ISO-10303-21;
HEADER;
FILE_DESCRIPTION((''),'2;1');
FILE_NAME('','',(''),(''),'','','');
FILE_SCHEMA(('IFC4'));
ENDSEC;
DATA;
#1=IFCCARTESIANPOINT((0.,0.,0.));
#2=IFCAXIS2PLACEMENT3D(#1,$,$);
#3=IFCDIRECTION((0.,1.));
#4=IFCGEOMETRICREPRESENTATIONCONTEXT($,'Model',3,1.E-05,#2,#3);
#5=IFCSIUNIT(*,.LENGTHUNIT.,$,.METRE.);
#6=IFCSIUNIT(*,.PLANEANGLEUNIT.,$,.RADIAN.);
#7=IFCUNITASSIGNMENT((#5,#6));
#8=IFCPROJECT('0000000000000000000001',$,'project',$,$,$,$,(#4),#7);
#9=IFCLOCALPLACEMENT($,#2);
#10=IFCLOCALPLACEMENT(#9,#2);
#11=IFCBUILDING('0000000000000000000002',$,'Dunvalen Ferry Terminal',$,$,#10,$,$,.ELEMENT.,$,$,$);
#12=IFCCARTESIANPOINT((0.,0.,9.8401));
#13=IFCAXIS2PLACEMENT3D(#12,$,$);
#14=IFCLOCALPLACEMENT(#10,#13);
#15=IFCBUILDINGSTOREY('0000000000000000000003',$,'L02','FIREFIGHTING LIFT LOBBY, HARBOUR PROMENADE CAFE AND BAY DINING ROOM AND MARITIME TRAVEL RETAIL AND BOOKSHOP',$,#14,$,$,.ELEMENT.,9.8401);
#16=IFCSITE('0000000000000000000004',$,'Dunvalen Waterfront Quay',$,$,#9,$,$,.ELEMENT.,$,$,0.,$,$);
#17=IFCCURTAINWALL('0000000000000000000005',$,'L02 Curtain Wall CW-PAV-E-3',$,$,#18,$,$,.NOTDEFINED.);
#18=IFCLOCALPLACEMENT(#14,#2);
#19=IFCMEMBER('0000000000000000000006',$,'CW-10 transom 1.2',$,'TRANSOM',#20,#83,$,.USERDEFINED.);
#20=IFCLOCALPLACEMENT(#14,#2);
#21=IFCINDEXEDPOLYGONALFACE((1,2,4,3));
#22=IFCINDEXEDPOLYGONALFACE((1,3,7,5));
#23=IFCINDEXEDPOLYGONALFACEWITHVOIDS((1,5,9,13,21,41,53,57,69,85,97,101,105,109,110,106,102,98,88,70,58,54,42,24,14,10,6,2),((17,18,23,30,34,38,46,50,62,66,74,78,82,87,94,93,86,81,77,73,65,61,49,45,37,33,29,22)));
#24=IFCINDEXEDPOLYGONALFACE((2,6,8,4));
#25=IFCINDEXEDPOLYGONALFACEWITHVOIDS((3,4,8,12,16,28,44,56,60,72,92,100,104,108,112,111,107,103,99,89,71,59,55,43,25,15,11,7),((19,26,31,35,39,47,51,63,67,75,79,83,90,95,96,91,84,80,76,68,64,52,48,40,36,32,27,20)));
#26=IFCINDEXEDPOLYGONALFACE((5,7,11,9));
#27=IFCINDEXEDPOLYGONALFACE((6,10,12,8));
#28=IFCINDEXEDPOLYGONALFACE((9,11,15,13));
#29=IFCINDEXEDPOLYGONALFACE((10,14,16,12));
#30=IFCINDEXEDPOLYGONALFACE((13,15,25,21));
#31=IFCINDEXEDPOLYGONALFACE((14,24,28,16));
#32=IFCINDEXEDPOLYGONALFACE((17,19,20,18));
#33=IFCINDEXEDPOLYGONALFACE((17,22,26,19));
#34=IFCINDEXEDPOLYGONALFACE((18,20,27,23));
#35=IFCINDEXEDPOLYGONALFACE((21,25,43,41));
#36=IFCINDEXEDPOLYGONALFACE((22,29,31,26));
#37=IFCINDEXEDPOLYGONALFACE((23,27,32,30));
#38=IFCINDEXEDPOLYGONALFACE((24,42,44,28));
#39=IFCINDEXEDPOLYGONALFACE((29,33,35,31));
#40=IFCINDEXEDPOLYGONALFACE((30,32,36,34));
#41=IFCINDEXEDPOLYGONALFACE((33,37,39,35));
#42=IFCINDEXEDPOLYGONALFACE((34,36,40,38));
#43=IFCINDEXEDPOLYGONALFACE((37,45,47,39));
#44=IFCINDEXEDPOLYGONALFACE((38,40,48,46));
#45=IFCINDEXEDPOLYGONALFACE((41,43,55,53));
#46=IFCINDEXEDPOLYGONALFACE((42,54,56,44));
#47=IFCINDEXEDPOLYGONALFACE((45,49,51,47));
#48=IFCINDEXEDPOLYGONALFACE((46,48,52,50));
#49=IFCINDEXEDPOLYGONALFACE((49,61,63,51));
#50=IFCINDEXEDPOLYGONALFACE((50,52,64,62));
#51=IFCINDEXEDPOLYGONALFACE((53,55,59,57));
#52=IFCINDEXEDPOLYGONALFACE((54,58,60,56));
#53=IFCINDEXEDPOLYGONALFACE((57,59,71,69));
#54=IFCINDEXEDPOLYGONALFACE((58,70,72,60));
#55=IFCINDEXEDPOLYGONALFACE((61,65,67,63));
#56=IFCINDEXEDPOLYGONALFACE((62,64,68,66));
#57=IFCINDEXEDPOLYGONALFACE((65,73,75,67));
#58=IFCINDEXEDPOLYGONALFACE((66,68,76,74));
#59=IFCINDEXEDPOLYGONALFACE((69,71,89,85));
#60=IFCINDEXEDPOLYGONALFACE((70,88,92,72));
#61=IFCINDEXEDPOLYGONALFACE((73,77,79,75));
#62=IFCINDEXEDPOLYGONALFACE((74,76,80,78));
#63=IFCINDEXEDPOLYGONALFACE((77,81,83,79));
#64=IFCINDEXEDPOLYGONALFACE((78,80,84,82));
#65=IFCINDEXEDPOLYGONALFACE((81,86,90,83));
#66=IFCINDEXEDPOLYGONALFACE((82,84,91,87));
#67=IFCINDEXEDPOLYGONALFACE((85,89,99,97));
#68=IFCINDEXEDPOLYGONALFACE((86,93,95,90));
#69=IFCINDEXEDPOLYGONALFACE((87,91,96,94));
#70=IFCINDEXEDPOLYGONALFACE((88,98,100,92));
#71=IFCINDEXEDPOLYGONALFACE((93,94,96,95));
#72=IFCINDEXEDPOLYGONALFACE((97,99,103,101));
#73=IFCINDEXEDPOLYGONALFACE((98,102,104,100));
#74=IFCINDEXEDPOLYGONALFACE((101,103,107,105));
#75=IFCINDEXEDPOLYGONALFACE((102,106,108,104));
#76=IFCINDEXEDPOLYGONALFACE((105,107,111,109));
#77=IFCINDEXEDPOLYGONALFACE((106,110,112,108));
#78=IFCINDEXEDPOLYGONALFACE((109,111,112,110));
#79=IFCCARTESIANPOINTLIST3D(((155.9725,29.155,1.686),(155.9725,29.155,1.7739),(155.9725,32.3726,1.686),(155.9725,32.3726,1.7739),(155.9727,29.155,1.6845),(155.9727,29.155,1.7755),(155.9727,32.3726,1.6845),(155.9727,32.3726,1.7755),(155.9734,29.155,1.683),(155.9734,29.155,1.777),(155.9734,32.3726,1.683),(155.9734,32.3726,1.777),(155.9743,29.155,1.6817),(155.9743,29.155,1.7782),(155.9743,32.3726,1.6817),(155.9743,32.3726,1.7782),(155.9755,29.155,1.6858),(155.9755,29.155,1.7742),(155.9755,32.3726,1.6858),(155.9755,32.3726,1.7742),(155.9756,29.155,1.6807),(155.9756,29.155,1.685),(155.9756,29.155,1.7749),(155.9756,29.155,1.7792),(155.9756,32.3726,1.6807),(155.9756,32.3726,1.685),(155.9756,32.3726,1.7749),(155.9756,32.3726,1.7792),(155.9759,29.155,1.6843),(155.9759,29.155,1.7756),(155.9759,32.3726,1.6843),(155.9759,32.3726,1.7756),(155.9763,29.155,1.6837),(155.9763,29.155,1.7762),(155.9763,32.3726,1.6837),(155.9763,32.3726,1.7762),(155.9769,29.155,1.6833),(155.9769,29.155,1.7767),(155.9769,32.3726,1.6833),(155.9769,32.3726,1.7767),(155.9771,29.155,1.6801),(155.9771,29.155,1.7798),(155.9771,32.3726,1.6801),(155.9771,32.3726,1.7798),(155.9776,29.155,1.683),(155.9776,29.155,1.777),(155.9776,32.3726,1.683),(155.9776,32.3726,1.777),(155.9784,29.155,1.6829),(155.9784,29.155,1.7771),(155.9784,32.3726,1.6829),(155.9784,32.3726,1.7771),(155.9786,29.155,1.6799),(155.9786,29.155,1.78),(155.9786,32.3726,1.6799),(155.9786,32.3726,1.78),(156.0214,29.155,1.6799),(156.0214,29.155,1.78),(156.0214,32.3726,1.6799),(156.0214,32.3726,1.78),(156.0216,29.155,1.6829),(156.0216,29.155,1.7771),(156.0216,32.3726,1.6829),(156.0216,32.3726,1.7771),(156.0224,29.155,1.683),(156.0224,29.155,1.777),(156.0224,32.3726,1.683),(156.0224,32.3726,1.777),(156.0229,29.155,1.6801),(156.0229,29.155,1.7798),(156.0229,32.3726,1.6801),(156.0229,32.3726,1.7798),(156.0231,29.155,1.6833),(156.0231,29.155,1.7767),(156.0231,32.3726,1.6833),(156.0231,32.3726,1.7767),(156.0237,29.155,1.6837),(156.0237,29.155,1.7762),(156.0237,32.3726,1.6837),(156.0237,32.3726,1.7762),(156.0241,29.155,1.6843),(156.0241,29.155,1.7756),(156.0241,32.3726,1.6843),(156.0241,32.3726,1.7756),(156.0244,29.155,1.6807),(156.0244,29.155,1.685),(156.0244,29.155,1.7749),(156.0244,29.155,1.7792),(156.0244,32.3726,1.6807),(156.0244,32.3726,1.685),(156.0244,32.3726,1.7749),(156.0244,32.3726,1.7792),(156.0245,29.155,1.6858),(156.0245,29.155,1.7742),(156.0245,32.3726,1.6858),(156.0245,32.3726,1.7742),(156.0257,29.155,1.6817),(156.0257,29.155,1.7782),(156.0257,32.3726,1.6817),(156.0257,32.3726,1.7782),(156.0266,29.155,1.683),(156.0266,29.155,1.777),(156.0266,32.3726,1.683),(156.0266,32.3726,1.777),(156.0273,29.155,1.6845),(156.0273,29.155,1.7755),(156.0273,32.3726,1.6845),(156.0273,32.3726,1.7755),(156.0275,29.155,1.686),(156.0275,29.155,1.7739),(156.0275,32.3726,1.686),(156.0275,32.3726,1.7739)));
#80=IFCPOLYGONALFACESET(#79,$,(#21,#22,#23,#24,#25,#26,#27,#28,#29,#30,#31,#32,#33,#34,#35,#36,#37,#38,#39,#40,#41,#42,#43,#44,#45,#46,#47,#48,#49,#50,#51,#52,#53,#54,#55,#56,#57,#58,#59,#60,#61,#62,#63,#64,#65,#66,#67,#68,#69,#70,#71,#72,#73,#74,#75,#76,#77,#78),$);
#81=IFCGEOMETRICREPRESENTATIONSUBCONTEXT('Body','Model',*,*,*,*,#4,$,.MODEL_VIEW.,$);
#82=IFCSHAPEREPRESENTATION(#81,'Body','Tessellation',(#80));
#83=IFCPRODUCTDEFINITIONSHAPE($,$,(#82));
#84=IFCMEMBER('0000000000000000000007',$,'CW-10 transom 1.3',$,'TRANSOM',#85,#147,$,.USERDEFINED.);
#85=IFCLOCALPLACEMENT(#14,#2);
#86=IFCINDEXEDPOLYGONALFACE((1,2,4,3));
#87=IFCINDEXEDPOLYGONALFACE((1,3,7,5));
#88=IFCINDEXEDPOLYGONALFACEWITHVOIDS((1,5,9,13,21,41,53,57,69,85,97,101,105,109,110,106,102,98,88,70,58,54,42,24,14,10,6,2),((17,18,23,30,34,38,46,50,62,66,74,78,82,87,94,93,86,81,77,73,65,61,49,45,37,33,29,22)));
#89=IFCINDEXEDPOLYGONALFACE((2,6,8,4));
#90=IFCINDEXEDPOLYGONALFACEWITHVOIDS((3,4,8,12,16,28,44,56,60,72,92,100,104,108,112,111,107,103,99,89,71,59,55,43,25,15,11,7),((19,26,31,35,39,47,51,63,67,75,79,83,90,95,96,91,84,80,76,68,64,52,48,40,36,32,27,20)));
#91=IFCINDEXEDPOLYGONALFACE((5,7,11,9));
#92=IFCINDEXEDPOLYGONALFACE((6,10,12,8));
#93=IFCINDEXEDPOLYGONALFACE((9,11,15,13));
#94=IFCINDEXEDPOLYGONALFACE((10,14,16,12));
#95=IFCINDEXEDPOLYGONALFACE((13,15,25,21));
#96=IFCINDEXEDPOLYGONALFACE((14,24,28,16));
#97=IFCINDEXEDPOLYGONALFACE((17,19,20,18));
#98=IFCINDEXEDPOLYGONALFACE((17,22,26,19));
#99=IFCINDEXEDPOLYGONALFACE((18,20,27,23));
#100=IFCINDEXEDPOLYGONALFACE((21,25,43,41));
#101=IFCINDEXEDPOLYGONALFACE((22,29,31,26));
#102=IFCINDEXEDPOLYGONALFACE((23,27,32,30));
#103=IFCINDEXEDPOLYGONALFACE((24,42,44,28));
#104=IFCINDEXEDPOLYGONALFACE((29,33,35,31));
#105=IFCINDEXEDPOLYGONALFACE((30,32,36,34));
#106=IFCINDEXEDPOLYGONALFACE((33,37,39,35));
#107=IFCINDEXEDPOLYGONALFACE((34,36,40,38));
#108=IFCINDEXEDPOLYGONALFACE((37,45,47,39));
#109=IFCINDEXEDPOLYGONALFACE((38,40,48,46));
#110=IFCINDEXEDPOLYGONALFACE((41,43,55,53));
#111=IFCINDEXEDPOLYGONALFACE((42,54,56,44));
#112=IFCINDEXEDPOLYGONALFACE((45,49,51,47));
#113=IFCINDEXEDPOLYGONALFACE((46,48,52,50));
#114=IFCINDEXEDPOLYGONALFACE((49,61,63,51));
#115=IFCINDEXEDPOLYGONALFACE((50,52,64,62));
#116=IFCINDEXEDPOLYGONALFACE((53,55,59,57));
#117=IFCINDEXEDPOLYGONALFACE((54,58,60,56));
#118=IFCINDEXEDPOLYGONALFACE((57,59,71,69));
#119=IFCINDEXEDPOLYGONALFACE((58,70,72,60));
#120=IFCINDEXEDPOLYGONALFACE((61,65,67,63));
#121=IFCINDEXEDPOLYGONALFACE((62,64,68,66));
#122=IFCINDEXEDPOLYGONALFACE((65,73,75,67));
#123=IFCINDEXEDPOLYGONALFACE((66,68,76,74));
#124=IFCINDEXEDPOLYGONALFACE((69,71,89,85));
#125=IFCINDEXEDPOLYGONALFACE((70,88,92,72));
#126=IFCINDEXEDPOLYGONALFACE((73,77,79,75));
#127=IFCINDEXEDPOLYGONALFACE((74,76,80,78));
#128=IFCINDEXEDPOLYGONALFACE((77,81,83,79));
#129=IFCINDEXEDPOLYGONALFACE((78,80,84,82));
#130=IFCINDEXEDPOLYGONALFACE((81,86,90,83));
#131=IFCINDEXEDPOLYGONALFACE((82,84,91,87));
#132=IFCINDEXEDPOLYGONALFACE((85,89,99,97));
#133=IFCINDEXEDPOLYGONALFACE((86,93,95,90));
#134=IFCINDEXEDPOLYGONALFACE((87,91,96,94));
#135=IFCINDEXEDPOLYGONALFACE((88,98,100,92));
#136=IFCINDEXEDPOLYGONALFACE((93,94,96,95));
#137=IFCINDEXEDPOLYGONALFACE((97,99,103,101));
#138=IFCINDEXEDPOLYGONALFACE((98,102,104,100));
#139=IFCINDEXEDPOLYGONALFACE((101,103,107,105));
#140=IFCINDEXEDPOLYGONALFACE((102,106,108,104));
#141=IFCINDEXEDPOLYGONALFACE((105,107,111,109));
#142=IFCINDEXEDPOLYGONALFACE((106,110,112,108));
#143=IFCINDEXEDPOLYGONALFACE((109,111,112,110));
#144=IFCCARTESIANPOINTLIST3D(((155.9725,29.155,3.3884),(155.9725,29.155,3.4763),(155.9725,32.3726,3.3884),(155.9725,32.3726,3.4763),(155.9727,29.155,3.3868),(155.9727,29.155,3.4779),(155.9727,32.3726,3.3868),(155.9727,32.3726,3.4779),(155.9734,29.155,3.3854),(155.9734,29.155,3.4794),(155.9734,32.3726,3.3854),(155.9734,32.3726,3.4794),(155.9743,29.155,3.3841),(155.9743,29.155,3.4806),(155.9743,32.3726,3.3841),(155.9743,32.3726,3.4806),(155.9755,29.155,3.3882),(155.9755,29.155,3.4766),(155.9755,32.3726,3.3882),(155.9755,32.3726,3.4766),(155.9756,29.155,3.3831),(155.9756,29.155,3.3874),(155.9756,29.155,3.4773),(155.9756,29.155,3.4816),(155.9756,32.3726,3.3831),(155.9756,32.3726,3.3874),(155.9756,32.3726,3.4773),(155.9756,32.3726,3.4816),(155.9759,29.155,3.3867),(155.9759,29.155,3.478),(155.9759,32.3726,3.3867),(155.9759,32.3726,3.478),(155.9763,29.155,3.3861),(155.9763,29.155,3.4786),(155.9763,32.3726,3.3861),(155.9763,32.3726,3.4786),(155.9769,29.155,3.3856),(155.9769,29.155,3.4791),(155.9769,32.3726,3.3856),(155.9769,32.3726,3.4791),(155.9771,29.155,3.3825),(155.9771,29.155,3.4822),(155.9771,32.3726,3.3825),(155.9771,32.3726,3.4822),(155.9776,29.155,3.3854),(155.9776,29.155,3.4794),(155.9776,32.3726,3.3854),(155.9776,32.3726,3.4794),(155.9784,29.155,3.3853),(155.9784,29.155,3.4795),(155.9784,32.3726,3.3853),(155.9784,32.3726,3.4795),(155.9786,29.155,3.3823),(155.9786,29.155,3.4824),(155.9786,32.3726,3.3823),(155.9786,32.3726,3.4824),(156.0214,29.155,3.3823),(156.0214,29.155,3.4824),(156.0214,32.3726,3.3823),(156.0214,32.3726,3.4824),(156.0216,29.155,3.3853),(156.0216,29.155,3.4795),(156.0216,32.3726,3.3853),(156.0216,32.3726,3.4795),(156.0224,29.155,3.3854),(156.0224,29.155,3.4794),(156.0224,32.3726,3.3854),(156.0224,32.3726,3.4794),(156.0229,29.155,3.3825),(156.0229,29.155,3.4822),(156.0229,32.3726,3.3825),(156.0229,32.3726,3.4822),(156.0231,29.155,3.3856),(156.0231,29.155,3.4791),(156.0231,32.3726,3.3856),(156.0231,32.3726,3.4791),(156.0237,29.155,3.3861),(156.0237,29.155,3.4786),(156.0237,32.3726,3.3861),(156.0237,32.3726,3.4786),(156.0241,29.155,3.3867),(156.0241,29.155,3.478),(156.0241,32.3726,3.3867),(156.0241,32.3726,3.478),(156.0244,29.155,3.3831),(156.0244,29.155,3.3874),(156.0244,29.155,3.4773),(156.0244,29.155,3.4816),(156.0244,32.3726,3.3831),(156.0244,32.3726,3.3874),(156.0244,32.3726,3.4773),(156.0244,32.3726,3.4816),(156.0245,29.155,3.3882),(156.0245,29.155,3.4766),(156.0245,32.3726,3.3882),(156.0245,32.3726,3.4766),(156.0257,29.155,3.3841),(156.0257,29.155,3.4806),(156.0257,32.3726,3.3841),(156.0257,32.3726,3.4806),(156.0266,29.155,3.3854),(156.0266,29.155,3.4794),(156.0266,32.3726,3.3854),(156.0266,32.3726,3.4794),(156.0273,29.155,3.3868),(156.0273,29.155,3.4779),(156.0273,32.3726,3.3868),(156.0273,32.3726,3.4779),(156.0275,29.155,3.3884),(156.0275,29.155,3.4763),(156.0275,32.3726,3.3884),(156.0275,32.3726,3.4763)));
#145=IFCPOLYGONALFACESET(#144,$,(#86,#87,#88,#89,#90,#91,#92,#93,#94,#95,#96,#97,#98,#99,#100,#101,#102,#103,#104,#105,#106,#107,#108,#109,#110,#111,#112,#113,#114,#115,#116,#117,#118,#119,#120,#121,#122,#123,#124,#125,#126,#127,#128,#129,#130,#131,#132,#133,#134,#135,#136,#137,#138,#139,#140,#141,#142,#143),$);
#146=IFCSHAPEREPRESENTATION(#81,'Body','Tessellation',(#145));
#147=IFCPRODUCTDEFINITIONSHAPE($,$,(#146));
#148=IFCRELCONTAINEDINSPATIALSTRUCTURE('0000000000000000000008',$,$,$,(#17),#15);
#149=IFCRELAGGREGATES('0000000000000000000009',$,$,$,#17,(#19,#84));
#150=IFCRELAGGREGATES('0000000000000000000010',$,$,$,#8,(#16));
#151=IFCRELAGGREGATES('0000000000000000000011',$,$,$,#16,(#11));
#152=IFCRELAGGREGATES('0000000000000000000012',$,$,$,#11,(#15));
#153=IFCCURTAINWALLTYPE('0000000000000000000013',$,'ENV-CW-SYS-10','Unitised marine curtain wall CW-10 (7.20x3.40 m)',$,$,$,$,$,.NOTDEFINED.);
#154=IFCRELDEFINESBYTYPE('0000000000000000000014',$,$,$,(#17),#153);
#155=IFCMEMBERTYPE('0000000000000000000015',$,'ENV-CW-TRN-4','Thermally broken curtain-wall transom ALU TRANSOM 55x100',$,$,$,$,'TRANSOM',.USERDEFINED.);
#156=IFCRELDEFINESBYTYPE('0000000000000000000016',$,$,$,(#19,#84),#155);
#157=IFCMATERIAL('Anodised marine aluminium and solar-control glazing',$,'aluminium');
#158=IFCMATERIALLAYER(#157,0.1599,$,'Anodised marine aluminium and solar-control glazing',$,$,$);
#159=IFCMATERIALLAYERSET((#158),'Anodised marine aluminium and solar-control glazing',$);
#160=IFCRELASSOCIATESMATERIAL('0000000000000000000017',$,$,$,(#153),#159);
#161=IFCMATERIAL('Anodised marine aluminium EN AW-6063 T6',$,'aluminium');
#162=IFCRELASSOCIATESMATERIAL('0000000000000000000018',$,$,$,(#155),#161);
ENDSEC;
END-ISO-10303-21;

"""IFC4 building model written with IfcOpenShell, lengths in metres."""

from ifc_helpers import new_model, si_unit, direction, frame, origin, origin_2d, place, context, subcontext, project, spatial, hollow_rectangle, extrude, material, layer, layer_set, material_profile, profile_set, type_object, element, aggregate, save


model = new_model("IFC4")

# Units and contexts
model_context = context("Model", 3, precision=1e-05, world=origin(), true_north=direction((0.0, 1.0)))
body_context = subcontext(model_context, "Body", "Model", "MODEL_VIEW")
ifc_project = project(units=[si_unit("LENGTHUNIT", "METRE"), si_unit("PLANEANGLEUNIT", "RADIAN")], contexts=[model_context])

# Site, building, storey
site_placement = place(None, origin())
site = spatial("IfcSite", under=ifc_project, at=site_placement, Name="Dunvalen Waterfront Quay", CompositionType="ELEMENT", RefElevation=0.0)
building_placement = place(site_placement, origin())
building = spatial("IfcBuilding", under=site, at=building_placement, Name="Dunvalen Ferry Terminal", CompositionType="ELEMENT")
storey_placement = place(building_placement, frame((0.0, 0.0, 9.8401)))
storey = spatial("IfcBuildingStorey", under=building, at=storey_placement, Name="L02", Description="FIREFIGHTING LIFT LOBBY, HARBOUR PROMENADE CAFE AND BAY DINING ROOM AND MARITIME TRAVEL RETAIL AND BOOKSHOP", CompositionType="ELEMENT", Elevation=9.8401)

# Shared definitions
ifc_material_1 = material(Name="Anodised marine aluminium and solar-control glazing", Category="aluminium")
ifc_material_2 = material(Name="Anodised marine aluminium EN AW-6063 T6", Category="aluminium")

# Curtain wall
ifc_layer_1 = layer(ifc_material_1, 0.1599, Name="Anodised marine aluminium and solar-control glazing")
ifc_layer_set_1 = layer_set([ifc_layer_1], Name="Anodised marine aluminium and solar-control glazing")
curtain_wall_type_1 = type_object("IfcCurtainWallType", Name="ENV-CW-SYS-10", Description="Unitised marine curtain wall CW-10 (7.20x3.40 m)", PredefinedType="NOTDEFINED", material=ifc_layer_set_1)
curtain_wall_1_placement = place(storey_placement, origin())
curtain_wall_1 = element("IfcCurtainWall", 1, at=curtain_wall_1_placement, inside=storey, type_object=curtain_wall_type_1, Name="L02 Curtain Wall CW-PAV-E-3", PredefinedType="NOTDEFINED")

# Members
ifc_material_profile_1 = material_profile(ifc_material_2, hollow_rectangle(XDim=0.0549, YDim=0.1001, WallThickness=0.0029, InnerFilletRadius=0.0029, OuterFilletRadius=0.0061, at=origin_2d()), Name="Anodised marine aluminium EN AW-6063 T6")
ifc_profile_set_1 = profile_set([ifc_material_profile_1], Name="Anodised marine aluminium EN AW-6063 T6")
member_type_1 = type_object("IfcMemberType", Name="ENV-CW-TRN-4", Description="Thermally broken curtain-wall transom ALU TRANSOM 55x100", ElementType="TRANSOM", PredefinedType="USERDEFINED", material=ifc_profile_set_1)
member_1_placement = place(storey_placement, frame((156.0, 29.155, 1.73), z_axis=(0.0, 1.0, 0.0), x_axis=(-1.0, 0.0, 0.0)))
member_1 = element("IfcMember", 2, at=member_1_placement, type_object=member_type_1, Name="CW-10 transom 1.2", ObjectType="TRANSOM", PredefinedType="USERDEFINED", context=body_context, shape_type="SweptSolid", body=[
    extrude(hollow_rectangle(XDim=0.0549, YDim=0.1001, WallThickness=0.0029, InnerFilletRadius=0.0029, OuterFilletRadius=0.0061, at=origin_2d()), origin(), (0.0, 0.0, 1.0), 3.2175),
])
member_2_placement = place(storey_placement, frame((156.0, 29.155, 3.4324), z_axis=(0.0, 1.0, 0.0), x_axis=(-1.0, 0.0, 0.0)))
member_2 = element("IfcMember", 3, at=member_2_placement, type_object=member_type_1, Name="CW-10 transom 1.3", ObjectType="TRANSOM", PredefinedType="USERDEFINED", context=body_context, shape_type="SweptSolid", body=[
    extrude(hollow_rectangle(XDim=0.0549, YDim=0.1001, WallThickness=0.0029, InnerFilletRadius=0.0029, OuterFilletRadius=0.0061, at=origin_2d()), origin(), (0.0, 0.0, 1.0), 3.2175),
])

aggregate(curtain_wall_1, [member_1, member_2])

save(model, "model.ifc")
